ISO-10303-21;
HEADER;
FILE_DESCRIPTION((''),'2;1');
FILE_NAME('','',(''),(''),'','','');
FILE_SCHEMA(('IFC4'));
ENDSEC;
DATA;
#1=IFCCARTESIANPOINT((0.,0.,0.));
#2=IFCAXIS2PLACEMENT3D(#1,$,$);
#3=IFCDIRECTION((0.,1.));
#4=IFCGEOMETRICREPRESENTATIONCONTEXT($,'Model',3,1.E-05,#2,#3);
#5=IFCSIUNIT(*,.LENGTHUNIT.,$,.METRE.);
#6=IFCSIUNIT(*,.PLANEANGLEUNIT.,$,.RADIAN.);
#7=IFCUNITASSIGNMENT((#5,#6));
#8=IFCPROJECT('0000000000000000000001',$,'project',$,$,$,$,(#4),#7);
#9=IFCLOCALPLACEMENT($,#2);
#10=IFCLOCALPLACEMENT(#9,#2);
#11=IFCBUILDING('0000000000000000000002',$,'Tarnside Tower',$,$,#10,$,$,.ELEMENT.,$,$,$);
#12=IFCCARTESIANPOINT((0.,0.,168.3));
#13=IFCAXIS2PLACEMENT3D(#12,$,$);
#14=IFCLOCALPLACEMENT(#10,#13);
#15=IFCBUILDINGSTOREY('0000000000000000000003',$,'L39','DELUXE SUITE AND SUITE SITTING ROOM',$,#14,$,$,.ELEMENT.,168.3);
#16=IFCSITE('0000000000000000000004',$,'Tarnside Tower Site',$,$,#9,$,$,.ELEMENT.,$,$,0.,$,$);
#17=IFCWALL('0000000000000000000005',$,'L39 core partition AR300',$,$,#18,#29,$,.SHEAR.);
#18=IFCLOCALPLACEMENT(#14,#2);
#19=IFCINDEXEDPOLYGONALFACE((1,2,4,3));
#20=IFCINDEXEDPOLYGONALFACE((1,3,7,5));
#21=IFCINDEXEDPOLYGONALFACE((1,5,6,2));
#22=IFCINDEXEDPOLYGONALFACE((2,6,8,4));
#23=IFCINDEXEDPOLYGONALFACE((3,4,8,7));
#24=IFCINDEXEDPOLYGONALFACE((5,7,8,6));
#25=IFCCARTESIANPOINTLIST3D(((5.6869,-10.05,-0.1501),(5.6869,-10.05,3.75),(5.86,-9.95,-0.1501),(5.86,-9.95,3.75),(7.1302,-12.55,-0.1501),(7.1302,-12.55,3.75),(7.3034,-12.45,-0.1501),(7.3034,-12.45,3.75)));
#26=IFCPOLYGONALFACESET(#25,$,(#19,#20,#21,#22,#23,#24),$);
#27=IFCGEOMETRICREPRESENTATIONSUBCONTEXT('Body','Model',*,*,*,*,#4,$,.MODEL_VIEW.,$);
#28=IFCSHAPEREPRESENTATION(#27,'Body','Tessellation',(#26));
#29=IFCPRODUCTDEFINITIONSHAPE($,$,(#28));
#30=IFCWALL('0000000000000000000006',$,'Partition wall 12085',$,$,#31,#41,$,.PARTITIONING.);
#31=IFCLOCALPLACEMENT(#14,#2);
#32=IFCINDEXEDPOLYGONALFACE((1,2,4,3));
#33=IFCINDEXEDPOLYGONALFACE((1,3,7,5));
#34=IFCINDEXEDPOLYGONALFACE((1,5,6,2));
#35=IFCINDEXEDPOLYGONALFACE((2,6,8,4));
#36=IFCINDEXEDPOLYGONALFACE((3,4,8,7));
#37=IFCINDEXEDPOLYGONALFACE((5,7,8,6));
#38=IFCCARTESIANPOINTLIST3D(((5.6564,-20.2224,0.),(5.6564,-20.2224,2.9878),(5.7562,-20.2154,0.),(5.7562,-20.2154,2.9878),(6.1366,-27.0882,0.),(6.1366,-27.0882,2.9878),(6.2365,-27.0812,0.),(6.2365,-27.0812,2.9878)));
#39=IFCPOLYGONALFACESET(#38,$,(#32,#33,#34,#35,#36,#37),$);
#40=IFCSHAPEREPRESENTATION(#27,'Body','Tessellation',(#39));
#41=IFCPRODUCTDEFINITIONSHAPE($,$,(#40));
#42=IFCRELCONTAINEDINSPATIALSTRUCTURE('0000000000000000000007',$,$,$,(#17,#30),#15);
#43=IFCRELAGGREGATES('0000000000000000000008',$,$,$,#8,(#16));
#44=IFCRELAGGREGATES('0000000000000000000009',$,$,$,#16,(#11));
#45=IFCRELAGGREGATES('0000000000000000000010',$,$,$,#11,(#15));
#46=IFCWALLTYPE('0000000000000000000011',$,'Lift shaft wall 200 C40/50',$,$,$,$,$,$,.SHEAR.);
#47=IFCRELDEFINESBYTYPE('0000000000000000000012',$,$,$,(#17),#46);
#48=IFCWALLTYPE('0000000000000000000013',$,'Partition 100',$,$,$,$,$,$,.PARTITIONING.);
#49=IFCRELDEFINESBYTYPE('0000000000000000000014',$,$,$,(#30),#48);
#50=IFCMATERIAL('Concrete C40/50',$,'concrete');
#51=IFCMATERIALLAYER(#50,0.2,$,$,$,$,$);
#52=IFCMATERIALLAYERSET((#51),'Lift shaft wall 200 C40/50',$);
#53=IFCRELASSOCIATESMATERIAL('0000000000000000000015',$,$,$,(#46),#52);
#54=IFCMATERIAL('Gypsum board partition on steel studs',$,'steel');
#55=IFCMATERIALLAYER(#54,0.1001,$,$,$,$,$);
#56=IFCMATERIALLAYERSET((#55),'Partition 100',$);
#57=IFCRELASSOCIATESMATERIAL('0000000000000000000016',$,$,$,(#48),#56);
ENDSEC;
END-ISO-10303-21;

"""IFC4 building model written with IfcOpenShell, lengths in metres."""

from ifc_helpers import new_model, si_unit, direction, frame, frame_2d, origin, place, context, subcontext, project, spatial, rectangle, extrude, material, layer, layer_set, type_object, element, save


model = new_model("IFC4")

# Units and contexts
model_context = context("Model", 3, precision=1e-05, world=origin(), true_north=direction((0.0, 1.0)))
body_context = subcontext(model_context, "Body", "Model", "MODEL_VIEW")
ifc_project = project(units=[si_unit("LENGTHUNIT", "METRE"), si_unit("PLANEANGLEUNIT", "RADIAN")], contexts=[model_context])

# Site, building, storey
site_placement = place(None, origin())
site = spatial("IfcSite", under=ifc_project, at=site_placement, Name="Tarnside Tower Site", CompositionType="ELEMENT", RefElevation=0.0)
building_placement = place(site_placement, origin())
building = spatial("IfcBuilding", under=site, at=building_placement, Name="Tarnside Tower", CompositionType="ELEMENT")
storey_placement = place(building_placement, frame((0.0, 0.0, 168.3)))
storey = spatial("IfcBuildingStorey", under=building, at=storey_placement, Name="L39", Description="DELUXE SUITE AND SUITE SITTING ROOM", CompositionType="ELEMENT", Elevation=168.3)

# Shared definitions
ifc_material_1 = material(Name="Gypsum board partition on steel studs", Category="steel")

# Walls
ifc_material_2 = material(Name="Concrete C40/50", Category="concrete")
ifc_layer_1 = layer(ifc_material_2, 0.2)
ifc_layer_set_1 = layer_set([ifc_layer_1], Name="Lift shaft wall 200 C40/50")
wall_type_1 = type_object("IfcWallType", Name="Lift shaft wall 200 C40/50", PredefinedType="SHEAR", material=ifc_layer_set_1)
wall_1_placement = place(storey_placement, frame((5.7734, -10.0, -0.1501), z_axis=(0.0, 0.0, 1.0), x_axis=(0.499996, -0.866028, 0.0)))
element("IfcWall", 1, at=wall_1_placement, inside=storey, type_object=wall_type_1, Name="L39 core partition AR300", PredefinedType="SHEAR", context=body_context, shape_type="SweptSolid", body=[
    extrude(rectangle(XDim=2.8867, YDim=0.2, at=frame_2d((1.4434, 0.0))), origin(), (0.0, 0.0, 1.0), 3.9001),
])
ifc_layer_2 = layer(ifc_material_1, 0.1001)
ifc_layer_set_2 = layer_set([ifc_layer_2], Name="Partition 100")
wall_type_2 = type_object("IfcWallType", Name="Partition 100", PredefinedType="PARTITIONING", material=ifc_layer_set_2)
wall_2_placement = place(storey_placement, frame((5.7063, -20.2188, 0.0), z_axis=(0.0, 0.0, 1.0), x_axis=(0.069775, -0.997563, 0.0)))
element("IfcWall", 2, at=wall_2_placement, inside=storey, type_object=wall_type_2, Name="Partition wall 12085", PredefinedType="PARTITIONING", context=body_context, shape_type="SweptSolid", body=[
    extrude(rectangle(XDim=6.8826, YDim=0.1001, at=frame_2d((3.4414, 0.0))), origin(), (0.0, 0.0, 1.0), 2.9878),
])

save(model, "model.ifc")
